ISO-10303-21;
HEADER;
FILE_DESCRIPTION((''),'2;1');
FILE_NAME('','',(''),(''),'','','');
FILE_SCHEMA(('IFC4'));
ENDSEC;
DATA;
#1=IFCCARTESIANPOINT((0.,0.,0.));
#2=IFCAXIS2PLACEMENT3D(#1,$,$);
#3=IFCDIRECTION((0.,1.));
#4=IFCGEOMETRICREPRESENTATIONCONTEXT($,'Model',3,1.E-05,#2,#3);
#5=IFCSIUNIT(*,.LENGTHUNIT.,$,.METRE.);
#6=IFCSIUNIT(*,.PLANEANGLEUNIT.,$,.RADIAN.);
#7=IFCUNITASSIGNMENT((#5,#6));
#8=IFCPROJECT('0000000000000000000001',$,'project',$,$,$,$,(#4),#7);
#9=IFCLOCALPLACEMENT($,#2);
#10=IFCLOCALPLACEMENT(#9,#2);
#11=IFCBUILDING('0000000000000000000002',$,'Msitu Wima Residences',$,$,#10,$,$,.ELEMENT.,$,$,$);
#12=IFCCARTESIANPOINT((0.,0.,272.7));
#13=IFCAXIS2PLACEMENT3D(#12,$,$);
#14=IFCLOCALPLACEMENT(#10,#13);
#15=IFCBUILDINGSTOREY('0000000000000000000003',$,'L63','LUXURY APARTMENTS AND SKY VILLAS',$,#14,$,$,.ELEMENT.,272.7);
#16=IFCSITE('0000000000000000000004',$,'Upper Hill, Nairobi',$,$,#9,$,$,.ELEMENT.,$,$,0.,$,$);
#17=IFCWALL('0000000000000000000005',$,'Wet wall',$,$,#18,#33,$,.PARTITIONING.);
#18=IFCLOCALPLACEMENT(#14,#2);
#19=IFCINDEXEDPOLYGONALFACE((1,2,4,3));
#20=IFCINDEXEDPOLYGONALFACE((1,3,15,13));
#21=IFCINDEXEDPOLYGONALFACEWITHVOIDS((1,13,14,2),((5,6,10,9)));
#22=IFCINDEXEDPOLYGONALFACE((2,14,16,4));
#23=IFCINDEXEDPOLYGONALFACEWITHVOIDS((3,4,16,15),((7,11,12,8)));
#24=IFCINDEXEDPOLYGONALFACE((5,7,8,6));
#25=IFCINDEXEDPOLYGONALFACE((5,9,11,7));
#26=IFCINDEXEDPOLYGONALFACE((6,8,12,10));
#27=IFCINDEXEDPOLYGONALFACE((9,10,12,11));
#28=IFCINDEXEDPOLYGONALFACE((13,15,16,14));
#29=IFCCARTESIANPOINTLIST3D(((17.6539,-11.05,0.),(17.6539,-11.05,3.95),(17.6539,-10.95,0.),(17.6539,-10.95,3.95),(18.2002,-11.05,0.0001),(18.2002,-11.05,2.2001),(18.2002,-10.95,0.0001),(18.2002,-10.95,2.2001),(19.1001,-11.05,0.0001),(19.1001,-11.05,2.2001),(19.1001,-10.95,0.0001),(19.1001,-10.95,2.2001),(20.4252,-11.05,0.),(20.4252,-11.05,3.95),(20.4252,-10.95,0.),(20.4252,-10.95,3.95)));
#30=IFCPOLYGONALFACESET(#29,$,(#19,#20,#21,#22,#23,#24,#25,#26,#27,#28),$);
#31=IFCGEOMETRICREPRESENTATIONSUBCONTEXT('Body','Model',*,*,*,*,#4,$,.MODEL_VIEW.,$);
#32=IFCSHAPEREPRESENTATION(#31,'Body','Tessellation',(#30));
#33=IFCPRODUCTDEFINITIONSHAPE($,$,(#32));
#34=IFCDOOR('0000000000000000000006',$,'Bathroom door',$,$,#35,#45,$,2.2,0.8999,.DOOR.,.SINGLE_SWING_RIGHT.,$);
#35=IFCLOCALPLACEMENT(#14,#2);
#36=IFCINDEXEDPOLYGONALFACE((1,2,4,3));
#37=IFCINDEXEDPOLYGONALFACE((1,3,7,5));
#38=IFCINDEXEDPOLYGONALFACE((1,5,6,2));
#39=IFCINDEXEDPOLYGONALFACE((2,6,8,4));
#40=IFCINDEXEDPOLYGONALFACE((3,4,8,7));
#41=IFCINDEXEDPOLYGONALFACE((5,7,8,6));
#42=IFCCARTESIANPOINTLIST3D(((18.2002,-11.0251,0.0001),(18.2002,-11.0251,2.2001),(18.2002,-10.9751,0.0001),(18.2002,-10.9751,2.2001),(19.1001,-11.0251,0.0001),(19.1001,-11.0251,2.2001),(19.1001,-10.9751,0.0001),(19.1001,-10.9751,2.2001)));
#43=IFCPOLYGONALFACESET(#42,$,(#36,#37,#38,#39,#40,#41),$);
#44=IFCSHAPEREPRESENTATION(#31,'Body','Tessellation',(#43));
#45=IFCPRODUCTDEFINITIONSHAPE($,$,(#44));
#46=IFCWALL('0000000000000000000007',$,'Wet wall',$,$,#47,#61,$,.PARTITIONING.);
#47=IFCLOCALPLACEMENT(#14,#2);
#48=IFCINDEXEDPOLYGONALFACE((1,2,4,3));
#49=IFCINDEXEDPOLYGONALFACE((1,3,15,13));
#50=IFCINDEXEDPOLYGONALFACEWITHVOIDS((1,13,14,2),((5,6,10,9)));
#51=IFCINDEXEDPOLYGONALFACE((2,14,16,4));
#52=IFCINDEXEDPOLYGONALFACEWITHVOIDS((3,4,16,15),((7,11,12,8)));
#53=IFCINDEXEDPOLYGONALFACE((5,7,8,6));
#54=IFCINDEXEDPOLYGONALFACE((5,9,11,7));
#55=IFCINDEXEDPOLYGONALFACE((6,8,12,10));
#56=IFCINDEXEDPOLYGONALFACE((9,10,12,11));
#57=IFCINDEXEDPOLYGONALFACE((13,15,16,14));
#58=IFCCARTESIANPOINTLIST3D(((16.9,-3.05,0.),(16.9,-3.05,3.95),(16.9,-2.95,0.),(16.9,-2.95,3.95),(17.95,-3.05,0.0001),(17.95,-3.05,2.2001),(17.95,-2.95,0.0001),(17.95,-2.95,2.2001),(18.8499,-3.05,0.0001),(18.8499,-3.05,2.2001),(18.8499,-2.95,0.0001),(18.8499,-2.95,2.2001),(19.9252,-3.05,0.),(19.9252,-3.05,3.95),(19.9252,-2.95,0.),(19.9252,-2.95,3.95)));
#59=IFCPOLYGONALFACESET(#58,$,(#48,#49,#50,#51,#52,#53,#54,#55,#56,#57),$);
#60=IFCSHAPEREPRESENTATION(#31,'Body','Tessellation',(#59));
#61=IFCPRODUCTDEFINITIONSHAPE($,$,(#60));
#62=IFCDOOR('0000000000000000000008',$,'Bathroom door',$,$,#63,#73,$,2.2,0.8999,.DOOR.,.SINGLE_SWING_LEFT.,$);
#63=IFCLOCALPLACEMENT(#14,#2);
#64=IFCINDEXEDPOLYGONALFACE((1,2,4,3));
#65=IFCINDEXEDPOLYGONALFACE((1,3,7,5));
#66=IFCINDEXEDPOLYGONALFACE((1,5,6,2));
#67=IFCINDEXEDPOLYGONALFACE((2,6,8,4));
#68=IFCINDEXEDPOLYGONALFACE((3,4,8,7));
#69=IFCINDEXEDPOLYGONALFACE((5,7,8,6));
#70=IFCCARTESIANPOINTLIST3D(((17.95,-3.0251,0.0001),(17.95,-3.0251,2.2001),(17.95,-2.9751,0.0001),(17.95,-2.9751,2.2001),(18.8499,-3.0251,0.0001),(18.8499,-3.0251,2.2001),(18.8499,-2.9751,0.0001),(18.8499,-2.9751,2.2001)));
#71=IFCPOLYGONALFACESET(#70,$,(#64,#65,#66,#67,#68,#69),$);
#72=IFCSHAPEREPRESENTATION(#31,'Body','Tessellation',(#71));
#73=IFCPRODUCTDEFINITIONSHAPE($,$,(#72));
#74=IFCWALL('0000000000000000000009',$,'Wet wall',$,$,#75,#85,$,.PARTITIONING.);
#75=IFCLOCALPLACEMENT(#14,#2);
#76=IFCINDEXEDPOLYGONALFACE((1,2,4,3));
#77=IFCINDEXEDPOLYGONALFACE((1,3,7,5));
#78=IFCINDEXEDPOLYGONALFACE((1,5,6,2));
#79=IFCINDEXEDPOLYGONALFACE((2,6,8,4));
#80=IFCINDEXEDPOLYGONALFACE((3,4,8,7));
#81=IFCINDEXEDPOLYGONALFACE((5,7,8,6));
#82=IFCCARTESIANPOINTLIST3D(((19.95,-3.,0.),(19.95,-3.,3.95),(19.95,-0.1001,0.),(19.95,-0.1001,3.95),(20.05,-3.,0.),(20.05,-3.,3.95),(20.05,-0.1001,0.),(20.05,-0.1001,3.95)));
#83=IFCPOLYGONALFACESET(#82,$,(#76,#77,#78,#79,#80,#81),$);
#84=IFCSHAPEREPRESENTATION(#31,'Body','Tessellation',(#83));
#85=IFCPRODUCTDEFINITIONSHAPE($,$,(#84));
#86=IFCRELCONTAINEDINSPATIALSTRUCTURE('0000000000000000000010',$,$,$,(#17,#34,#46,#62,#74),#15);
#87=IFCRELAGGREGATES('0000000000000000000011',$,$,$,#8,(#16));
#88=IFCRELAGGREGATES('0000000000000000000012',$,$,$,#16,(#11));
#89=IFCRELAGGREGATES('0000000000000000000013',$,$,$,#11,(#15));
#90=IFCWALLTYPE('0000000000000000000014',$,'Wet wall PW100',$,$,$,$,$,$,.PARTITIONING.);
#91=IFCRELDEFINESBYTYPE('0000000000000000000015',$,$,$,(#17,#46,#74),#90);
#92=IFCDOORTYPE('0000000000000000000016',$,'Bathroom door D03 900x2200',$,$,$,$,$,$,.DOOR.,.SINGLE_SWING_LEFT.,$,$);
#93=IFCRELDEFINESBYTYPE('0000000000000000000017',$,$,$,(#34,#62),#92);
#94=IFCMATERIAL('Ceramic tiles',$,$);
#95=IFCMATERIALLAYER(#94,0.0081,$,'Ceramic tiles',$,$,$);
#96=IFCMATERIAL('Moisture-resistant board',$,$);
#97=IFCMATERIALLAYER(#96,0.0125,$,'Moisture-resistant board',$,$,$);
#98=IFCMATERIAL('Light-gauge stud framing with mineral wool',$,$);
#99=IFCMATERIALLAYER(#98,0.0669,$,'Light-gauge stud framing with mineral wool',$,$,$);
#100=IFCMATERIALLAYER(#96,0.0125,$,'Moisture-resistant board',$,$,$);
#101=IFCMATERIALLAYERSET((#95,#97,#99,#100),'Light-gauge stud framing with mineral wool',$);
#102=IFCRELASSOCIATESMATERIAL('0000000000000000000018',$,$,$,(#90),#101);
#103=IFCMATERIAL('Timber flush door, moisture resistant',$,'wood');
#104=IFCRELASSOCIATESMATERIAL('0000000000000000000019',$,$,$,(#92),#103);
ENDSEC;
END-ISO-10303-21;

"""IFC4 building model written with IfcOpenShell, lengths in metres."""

from ifc_helpers import new_model, si_unit, direction, frame, frame_2d, origin, place, context, subcontext, project, spatial, rectangle, extrude, material, layer, layer_set, type_object, element, fill, save


model = new_model("IFC4")

# Units and contexts
model_context = context("Model", 3, precision=1e-05, world=origin(), true_north=direction((0.0, 1.0)))
body_context = subcontext(model_context, "Body", "Model", "MODEL_VIEW")
ifc_project = project(units=[si_unit("LENGTHUNIT", "METRE"), si_unit("PLANEANGLEUNIT", "RADIAN")], contexts=[model_context])

# Site, building, storey
site_placement = place(None, origin())
site = spatial("IfcSite", under=ifc_project, at=site_placement, Name="Upper Hill, Nairobi", CompositionType="ELEMENT", RefElevation=0.0)
building_placement = place(site_placement, origin())
building = spatial("IfcBuilding", under=site, at=building_placement, Name="Msitu Wima Residences", CompositionType="ELEMENT")
storey_placement = place(building_placement, frame((0.0, 0.0, 272.7)))
storey = spatial("IfcBuildingStorey", under=building, at=storey_placement, Name="L63", Description="LUXURY APARTMENTS AND SKY VILLAS", CompositionType="ELEMENT", Elevation=272.7)

# Shared definitions
ifc_material_1 = material(Name="Ceramic tiles")
ifc_layer_1 = layer(ifc_material_1, 0.0081, Name="Ceramic tiles")
ifc_material_2 = material(Name="Moisture-resistant board")
ifc_layer_2 = layer(ifc_material_2, 0.0125, Name="Moisture-resistant board")
ifc_material_3 = material(Name="Light-gauge stud framing with mineral wool")
ifc_layer_3 = layer(ifc_material_3, 0.0669, Name="Light-gauge stud framing with mineral wool")
ifc_layer_4 = layer(ifc_material_2, 0.0125, Name="Moisture-resistant board")
ifc_layer_set_1 = layer_set([ifc_layer_1, ifc_layer_2, ifc_layer_3, ifc_layer_4], Name="Light-gauge stud framing with mineral wool")
wall_type_1 = type_object("IfcWallType", Name="Wet wall PW100", PredefinedType="PARTITIONING", material=ifc_layer_set_1)

# Walls, openings, doors
wall_1_placement = place(storey_placement, frame((17.6538, -11.0, 0.0), z_axis=(0.0, 0.0, 1.0), x_axis=(1.0, 0.0, 0.0)))
wall_1 = element("IfcWall", 1, at=wall_1_placement, inside=storey, type_object=wall_type_1, Name="Wet wall", PredefinedType="PARTITIONING", context=body_context, shape_type="SweptSolid", body=[
    extrude(rectangle(XDim=2.7712, YDim=0.1001, at=frame_2d((1.3857, 0.0))), origin(), (0.0, 0.0, 1.0), 3.95),
])
opening_1_placement = place(wall_1_placement, frame((0.5464, 0.0, 0.0)))
opening_1 = element("IfcOpeningElement", 2, at=opening_1_placement, cuts=wall_1, PredefinedType="OPENING", context=body_context, shape_type="SweptSolid", body=[
    extrude(rectangle(XDim=0.8999, YDim=2.2, at=frame_2d((0.45, 1.1001))), frame((0.0, 0.0601, 0.0), z_axis=(0.0, -1.0, 0.0), x_axis=(1.0, 0.0, 0.0)), (0.0, 0.0, 1.0), 0.1201),
])
ifc_material_4 = material(Name="Timber flush door, moisture resistant", Category="wood")
door_type_1 = type_object("IfcDoorType", Name="Bathroom door D03 900x2200", OperationType="SINGLE_SWING_LEFT", PredefinedType="DOOR", material=ifc_material_4)
door_1_placement = place(opening_1_placement, origin())
door_1 = element("IfcDoor", 3, at=door_1_placement, inside=storey, type_object=door_type_1, Name="Bathroom door", OperationType="SINGLE_SWING_RIGHT", OverallHeight=2.2, OverallWidth=0.8999, PredefinedType="DOOR", context=body_context, shape_type="SweptSolid", body=[
    extrude(rectangle(XDim=0.8999, YDim=2.2, at=frame_2d((0.45, 1.1001))), frame((0.0, 0.0249, 0.0), z_axis=(0.0, -1.0, 0.0), x_axis=(1.0, 0.0, 0.0)), (0.0, 0.0, 1.0), 0.05),
])
fill(opening_1, door_1)
wall_2_placement = place(storey_placement, frame((16.8999, -3.0, 0.0), z_axis=(0.0, 0.0, 1.0), x_axis=(1.0, 0.0, 0.0)))
wall_2 = element("IfcWall", 4, at=wall_2_placement, inside=storey, type_object=wall_type_1, Name="Wet wall", PredefinedType="PARTITIONING", context=body_context, shape_type="SweptSolid", body=[
    extrude(rectangle(XDim=3.0251, YDim=0.1001, at=frame_2d((1.5127, 0.0))), origin(), (0.0, 0.0, 1.0), 3.95),
])
opening_2_placement = place(wall_2_placement, frame((1.05, 0.0, 0.0)))
opening_2 = element("IfcOpeningElement", 5, at=opening_2_placement, cuts=wall_2, PredefinedType="OPENING", context=body_context, shape_type="SweptSolid", body=[
    extrude(rectangle(XDim=0.8999, YDim=2.2, at=frame_2d((0.45, 1.1001))), frame((0.0, 0.0601, 0.0), z_axis=(0.0, -1.0, 0.0), x_axis=(1.0, 0.0, 0.0)), (0.0, 0.0, 1.0), 0.1201),
])
door_2_placement = place(opening_2_placement, origin())
door_2 = element("IfcDoor", 6, at=door_2_placement, inside=storey, type_object=door_type_1, Name="Bathroom door", OperationType="SINGLE_SWING_LEFT", OverallHeight=2.2, OverallWidth=0.8999, PredefinedType="DOOR", context=body_context, shape_type="SweptSolid", body=[
    extrude(rectangle(XDim=0.8999, YDim=2.2, at=frame_2d((0.45, 1.1001))), frame((0.0, 0.0249, 0.0), z_axis=(0.0, -1.0, 0.0), x_axis=(1.0, 0.0, 0.0)), (0.0, 0.0, 1.0), 0.05),
])
fill(opening_2, door_2)

# Wall
wall_3_placement = place(storey_placement, frame((20.0, -3.0, 0.0), z_axis=(0.0, 0.0, 1.0), x_axis=(0.0, 1.0, 0.0)))
element("IfcWall", 7, at=wall_3_placement, inside=storey, type_object=wall_type_1, Name="Wet wall", PredefinedType="PARTITIONING", context=body_context, shape_type="SweptSolid", body=[
    extrude(rectangle(XDim=2.8999, YDim=0.1001, at=frame_2d((1.45, 0.0))), origin(), (0.0, 0.0, 1.0), 3.95),
])

save(model, "model.ifc")
